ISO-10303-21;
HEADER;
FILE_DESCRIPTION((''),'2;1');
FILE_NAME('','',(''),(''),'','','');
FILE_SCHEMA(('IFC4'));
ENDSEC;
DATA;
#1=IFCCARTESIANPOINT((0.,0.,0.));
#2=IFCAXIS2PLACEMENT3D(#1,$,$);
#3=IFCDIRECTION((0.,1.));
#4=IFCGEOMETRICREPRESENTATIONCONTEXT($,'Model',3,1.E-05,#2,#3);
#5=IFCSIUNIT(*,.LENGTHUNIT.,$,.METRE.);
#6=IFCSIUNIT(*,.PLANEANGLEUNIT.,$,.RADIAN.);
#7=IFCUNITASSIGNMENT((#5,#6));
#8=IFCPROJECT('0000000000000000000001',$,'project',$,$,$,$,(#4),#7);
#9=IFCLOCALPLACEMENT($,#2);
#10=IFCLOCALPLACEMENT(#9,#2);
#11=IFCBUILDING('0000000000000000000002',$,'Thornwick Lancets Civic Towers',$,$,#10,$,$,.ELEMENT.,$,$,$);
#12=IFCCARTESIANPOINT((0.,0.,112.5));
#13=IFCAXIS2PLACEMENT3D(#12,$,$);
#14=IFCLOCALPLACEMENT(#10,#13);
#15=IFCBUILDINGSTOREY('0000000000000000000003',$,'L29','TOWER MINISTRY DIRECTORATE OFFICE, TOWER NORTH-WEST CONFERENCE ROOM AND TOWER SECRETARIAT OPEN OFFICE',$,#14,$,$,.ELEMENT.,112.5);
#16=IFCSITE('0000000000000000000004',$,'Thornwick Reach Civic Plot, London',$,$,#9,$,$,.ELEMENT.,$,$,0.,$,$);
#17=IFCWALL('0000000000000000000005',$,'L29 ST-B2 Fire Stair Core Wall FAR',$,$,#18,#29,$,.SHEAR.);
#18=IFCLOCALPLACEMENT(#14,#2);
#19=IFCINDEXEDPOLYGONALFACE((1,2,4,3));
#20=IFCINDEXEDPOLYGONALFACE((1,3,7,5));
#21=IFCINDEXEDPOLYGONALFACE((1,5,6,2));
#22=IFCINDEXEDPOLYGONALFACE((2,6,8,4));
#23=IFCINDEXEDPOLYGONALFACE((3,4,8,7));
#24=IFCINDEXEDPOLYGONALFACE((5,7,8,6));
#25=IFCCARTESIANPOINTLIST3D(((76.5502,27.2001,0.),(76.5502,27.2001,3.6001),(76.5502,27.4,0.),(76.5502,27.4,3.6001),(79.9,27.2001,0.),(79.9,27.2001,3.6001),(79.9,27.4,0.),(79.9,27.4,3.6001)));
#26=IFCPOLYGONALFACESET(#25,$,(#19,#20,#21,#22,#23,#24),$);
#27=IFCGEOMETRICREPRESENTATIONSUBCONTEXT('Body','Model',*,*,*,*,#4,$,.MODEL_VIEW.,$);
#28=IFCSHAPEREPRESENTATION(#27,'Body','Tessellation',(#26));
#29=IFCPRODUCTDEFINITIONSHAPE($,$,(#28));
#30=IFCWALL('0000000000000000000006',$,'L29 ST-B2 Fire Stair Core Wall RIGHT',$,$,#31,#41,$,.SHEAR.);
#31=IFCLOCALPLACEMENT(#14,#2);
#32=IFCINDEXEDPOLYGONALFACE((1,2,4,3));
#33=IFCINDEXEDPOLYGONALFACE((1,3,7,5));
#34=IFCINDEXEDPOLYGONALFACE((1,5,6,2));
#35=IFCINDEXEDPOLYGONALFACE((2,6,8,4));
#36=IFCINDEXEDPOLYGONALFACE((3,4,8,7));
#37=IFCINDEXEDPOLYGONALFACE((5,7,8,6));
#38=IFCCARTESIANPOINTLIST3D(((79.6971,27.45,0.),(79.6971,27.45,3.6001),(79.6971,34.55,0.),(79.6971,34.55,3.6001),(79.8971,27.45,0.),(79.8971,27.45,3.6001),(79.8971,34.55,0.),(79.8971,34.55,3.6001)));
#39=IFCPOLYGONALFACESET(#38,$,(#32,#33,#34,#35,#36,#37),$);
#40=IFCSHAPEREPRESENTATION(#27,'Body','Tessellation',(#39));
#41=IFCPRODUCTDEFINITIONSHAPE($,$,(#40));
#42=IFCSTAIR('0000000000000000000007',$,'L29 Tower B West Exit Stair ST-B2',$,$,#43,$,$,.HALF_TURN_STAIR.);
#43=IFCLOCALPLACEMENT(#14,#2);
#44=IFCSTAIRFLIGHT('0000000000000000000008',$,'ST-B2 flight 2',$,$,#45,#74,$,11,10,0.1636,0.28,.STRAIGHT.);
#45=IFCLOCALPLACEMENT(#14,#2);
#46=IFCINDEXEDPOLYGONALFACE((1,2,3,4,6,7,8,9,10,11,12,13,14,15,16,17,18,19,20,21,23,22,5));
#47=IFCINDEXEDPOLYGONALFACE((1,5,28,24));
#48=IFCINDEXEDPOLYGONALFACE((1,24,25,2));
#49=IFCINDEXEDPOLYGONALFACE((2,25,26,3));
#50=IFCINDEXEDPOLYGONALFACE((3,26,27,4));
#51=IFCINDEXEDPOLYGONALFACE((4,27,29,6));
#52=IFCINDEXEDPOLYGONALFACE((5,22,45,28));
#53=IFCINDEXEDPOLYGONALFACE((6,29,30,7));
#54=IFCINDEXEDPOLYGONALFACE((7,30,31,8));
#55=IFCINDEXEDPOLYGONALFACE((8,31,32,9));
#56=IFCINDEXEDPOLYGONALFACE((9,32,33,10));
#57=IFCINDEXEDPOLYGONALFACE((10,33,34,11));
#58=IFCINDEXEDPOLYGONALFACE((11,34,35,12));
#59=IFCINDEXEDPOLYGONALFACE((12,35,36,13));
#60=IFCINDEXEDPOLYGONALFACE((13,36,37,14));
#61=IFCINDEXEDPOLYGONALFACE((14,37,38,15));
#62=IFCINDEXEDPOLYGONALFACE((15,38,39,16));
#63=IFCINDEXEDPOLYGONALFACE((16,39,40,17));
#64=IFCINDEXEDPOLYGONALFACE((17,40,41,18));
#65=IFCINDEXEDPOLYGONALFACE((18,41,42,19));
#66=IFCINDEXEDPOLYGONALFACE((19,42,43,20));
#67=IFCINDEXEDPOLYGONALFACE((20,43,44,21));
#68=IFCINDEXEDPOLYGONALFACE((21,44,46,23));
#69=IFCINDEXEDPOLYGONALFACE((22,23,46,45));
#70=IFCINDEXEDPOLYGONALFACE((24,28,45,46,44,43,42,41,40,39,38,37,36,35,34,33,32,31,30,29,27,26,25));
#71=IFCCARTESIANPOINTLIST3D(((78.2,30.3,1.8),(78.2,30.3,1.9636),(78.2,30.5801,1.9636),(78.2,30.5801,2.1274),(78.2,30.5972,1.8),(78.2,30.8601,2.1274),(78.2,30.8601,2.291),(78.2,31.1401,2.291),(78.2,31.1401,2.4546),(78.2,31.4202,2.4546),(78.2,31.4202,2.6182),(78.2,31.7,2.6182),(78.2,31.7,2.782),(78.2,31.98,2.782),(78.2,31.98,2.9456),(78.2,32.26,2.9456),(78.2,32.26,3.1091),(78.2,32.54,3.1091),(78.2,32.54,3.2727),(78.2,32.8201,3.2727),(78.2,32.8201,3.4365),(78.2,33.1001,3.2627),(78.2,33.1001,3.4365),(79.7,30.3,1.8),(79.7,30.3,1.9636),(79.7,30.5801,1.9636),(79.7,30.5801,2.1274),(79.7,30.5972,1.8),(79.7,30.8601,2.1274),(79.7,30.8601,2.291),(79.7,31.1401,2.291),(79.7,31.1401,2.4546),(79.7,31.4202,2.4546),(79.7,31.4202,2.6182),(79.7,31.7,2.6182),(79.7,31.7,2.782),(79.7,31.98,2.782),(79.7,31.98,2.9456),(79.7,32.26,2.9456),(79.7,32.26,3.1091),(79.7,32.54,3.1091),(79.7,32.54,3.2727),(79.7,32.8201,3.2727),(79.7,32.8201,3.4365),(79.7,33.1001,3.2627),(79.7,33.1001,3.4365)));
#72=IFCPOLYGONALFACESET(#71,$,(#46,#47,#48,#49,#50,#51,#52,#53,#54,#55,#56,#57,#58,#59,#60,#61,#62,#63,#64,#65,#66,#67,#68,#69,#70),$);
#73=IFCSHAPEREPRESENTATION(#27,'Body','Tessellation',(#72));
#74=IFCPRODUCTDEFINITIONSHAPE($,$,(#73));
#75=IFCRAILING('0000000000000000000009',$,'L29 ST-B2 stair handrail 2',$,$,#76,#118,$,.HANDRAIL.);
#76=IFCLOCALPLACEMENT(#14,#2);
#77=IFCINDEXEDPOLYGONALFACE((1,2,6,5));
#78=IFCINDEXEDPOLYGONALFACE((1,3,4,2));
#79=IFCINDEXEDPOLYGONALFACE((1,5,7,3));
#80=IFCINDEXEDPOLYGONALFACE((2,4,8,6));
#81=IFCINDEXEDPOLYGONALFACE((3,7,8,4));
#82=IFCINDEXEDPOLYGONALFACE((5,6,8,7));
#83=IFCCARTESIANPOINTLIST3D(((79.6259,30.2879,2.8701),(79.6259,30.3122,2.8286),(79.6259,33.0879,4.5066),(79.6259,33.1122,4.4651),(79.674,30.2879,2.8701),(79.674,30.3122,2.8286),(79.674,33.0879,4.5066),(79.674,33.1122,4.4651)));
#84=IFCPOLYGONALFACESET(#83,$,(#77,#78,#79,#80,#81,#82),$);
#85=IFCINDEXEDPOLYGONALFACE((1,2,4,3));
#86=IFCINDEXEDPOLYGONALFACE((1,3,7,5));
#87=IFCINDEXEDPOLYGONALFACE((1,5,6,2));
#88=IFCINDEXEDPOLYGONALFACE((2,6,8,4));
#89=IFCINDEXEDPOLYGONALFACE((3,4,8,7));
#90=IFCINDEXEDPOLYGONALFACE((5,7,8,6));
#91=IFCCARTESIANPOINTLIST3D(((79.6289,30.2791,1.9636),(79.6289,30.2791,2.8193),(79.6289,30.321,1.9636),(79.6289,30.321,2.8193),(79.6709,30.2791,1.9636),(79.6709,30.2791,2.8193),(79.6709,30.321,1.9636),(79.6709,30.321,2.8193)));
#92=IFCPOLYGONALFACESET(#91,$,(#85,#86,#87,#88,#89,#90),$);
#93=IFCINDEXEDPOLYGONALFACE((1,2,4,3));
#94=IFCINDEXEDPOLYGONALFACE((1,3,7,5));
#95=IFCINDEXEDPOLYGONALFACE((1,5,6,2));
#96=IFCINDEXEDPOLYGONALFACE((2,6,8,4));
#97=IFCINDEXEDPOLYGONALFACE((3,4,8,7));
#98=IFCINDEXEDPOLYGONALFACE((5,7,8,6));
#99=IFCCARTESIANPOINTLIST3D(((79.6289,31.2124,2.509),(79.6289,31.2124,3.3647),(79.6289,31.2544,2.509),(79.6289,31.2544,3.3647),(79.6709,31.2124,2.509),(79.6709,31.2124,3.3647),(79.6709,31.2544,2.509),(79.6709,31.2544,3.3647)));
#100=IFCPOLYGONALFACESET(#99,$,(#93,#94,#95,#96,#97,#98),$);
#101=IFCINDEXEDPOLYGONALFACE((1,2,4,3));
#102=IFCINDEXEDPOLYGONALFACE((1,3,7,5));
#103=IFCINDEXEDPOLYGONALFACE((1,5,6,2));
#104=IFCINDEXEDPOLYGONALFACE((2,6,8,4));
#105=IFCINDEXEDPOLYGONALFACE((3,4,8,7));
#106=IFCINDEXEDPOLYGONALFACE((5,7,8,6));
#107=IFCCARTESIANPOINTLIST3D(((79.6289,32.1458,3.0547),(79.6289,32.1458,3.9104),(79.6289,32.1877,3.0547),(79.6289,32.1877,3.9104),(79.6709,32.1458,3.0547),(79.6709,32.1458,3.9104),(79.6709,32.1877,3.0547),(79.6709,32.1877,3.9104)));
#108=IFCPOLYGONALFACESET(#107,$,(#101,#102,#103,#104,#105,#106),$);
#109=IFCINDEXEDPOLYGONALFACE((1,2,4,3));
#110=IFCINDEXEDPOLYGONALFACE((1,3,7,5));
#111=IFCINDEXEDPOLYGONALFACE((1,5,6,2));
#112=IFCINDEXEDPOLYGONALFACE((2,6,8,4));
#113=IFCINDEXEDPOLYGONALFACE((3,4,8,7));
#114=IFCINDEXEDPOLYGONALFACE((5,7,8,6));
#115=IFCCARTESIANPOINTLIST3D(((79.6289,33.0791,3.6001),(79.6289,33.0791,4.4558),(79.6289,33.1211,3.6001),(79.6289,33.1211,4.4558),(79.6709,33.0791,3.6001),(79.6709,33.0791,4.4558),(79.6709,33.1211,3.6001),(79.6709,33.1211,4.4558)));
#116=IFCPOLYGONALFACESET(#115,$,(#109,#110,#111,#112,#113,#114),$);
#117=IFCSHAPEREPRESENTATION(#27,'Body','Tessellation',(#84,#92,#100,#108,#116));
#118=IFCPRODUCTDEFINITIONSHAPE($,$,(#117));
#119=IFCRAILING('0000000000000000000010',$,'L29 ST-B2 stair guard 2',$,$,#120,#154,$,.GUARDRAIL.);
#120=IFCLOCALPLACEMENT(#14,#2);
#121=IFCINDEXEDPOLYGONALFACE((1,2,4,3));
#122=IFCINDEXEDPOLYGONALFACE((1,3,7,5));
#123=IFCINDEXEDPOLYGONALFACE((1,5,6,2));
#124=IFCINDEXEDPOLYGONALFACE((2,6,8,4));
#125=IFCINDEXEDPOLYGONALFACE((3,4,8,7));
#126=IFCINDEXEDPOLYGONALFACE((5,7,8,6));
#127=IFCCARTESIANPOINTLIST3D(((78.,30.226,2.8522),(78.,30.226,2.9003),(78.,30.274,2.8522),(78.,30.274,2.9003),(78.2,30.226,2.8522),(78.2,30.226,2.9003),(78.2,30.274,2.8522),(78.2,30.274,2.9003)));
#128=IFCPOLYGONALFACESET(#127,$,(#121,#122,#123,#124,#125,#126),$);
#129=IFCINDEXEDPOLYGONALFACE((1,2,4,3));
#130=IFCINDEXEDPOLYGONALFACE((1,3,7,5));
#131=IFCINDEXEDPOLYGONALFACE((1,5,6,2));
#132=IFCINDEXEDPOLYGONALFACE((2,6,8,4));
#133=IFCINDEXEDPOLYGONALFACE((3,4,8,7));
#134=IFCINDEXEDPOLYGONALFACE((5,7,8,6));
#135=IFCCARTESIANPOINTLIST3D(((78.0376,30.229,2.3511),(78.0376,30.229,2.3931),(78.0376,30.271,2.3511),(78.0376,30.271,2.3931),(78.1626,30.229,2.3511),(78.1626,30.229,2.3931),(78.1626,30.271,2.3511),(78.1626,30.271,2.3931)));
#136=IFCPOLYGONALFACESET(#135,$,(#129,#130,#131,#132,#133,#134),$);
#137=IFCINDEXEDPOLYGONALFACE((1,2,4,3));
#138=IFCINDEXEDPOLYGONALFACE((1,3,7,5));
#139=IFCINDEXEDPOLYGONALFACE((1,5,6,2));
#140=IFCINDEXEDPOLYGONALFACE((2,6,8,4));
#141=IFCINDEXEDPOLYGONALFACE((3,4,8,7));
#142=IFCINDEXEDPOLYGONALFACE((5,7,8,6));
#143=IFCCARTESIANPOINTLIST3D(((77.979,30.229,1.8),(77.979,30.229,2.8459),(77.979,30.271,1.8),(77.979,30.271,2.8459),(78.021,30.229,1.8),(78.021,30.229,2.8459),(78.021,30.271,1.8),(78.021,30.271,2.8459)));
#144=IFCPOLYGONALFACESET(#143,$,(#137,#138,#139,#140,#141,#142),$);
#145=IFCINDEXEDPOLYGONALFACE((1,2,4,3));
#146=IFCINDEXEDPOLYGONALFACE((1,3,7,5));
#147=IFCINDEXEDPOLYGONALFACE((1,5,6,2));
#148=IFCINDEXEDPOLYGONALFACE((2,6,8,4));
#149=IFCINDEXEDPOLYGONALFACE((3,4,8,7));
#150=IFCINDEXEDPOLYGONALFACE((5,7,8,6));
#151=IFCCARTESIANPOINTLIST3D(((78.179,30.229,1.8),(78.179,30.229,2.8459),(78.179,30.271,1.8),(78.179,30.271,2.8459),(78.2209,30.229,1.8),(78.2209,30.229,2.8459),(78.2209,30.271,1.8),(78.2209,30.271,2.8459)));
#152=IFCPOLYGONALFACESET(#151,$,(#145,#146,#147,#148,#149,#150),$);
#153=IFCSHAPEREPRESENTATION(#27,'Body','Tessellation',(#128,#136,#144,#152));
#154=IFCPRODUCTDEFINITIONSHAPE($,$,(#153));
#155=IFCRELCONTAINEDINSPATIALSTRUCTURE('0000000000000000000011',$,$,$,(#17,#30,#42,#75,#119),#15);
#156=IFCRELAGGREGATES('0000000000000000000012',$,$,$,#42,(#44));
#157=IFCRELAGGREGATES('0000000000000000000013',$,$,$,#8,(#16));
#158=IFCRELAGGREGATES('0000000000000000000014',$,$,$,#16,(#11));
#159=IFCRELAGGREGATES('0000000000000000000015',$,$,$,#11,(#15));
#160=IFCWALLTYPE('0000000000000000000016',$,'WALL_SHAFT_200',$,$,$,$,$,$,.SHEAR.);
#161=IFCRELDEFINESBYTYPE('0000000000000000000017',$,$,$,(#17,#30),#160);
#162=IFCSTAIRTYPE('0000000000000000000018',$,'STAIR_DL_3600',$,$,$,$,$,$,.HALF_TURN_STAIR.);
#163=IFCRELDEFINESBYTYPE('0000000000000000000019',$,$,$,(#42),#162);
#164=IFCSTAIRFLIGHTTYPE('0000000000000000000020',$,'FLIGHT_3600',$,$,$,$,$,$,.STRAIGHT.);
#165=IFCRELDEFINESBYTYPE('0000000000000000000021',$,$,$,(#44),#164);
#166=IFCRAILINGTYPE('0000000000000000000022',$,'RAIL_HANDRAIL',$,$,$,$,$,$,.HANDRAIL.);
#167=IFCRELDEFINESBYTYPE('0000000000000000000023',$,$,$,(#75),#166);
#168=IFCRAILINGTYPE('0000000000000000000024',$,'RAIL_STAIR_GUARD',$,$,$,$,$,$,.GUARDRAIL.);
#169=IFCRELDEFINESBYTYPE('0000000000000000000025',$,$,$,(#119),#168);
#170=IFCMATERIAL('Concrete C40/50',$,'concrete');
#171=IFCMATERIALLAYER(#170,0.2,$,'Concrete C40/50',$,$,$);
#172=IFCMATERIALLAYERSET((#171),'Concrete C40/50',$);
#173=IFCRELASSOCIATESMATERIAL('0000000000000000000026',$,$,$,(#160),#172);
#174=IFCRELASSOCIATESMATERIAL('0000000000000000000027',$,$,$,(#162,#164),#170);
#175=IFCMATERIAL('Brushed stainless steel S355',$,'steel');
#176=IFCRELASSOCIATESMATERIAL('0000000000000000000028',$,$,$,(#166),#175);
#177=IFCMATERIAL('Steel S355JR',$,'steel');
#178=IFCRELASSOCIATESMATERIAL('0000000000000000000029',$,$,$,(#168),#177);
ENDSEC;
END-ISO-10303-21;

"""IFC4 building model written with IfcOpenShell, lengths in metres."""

from ifc_helpers import new_model, si_unit, direction, frame, frame_2d, origin, origin_2d, place, context, subcontext, project, spatial, polyline, rectangle, outline, extrude, material, layer, layer_set, type_object, element, aggregate, save


model = new_model("IFC4")

# Units and contexts
model_context = context("Model", 3, precision=1e-05, world=origin(), true_north=direction((0.0, 1.0)))
body_context = subcontext(model_context, "Body", "Model", "MODEL_VIEW")
ifc_project = project(units=[si_unit("LENGTHUNIT", "METRE"), si_unit("PLANEANGLEUNIT", "RADIAN")], contexts=[model_context])

# Site, building, storey
site_placement = place(None, origin())
site = spatial("IfcSite", under=ifc_project, at=site_placement, Name="Thornwick Reach Civic Plot, London", CompositionType="ELEMENT", RefElevation=0.0)
building_placement = place(site_placement, origin())
building = spatial("IfcBuilding", under=site, at=building_placement, Name="Thornwick Lancets Civic Towers", CompositionType="ELEMENT")
storey_placement = place(building_placement, frame((0.0, 0.0, 112.5)))
storey = spatial("IfcBuildingStorey", under=building, at=storey_placement, Name="L29", Description="TOWER MINISTRY DIRECTORATE OFFICE, TOWER NORTH-WEST CONFERENCE ROOM AND TOWER SECRETARIAT OPEN OFFICE", CompositionType="ELEMENT", Elevation=112.5)

# Walls
ifc_material_1 = material(Name="Concrete C40/50", Category="concrete")
ifc_layer_1 = layer(ifc_material_1, 0.2, Name="Concrete C40/50")
ifc_layer_set_1 = layer_set([ifc_layer_1], Name="Concrete C40/50")
wall_type_1 = type_object("IfcWallType", Name="WALL_SHAFT_200", PredefinedType="SHEAR", material=ifc_layer_set_1)
wall_1_placement = place(storey_placement, frame((79.8999, 27.3, 0.0), z_axis=(0.0, 0.0, 1.0), x_axis=(-1.0, 0.0, 0.0)))
element("IfcWall", 1, at=wall_1_placement, inside=storey, type_object=wall_type_1, Name="L29 ST-B2 Fire Stair Core Wall FAR", PredefinedType="SHEAR", context=body_context, shape_type="SweptSolid", body=[
    extrude(rectangle(XDim=3.3499, YDim=0.2, at=frame_2d((1.6748, 0.0))), origin(), (0.0, 0.0, 1.0), 3.6001),
])
wall_2_placement = place(storey_placement, frame((79.7971, 27.45, 0.0), z_axis=(0.0, 0.0, 1.0), x_axis=(0.0, 1.0, 0.0)))
element("IfcWall", 2, at=wall_2_placement, inside=storey, type_object=wall_type_1, Name="L29 ST-B2 Fire Stair Core Wall RIGHT", PredefinedType="SHEAR", context=body_context, shape_type="SweptSolid", body=[
    extrude(rectangle(XDim=7.1001, YDim=0.2, at=frame_2d((3.55, 0.0))), origin(), (0.0, 0.0, 1.0), 3.6001),
])

# Stair, stair flight
stair_type = type_object("IfcStairType", Name="STAIR_DL_3600", PredefinedType="HALF_TURN_STAIR", material=ifc_material_1)
stair_placement = place(storey_placement, origin())
stair = element("IfcStair", 3, at=stair_placement, inside=storey, type_object=stair_type, Name="L29 Tower B West Exit Stair ST-B2", PredefinedType="HALF_TURN_STAIR")
stair_flight_type = type_object("IfcStairFlightType", Name="FLIGHT_3600", PredefinedType="STRAIGHT", material=ifc_material_1)
stair_flight_placement = place(storey_placement, frame((78.95, 30.3, 1.8), z_axis=(0.0, 0.0, 1.0), x_axis=(0.0, 1.0, 0.0)))
stair_flight = element("IfcStairFlight", 4, at=stair_flight_placement, type_object=stair_flight_type, Name="ST-B2 flight 2", NumberOfRisers=11, NumberOfTreads=10, PredefinedType="STRAIGHT", RiserHeight=0.1636, TreadLength=0.28, context=body_context, shape_type="SweptSolid", body=[
    extrude(outline(polyline([(0.0, 0.0), (0.0, 0.1636), (0.28, 0.1636), (0.28, 0.3274), (0.5601, 0.3274), (0.5601, 0.491), (0.8401, 0.491), (0.8401, 0.6545), (1.1201, 0.6545), (1.1201, 0.8181), (1.3999, 0.8181), (1.3999, 0.9819), (1.6799, 0.9819), (1.6799, 1.1455), (1.96, 1.1455), (1.96, 1.3091), (2.24, 1.3091), (2.24, 1.4727), (2.52, 1.4727), (2.52, 1.6365), (2.8, 1.6365), (2.8, 1.8), (2.8, 1.4626), (0.2971, 0.0), (0.0, 0.0)])), frame((0.0, 0.75, 0.0), z_axis=(0.0, -1.0, 0.0), x_axis=(1.0, 0.0, 0.0)), (0.0, 0.0, 1.0), 1.5),
])
aggregate(stair, [stair_flight])

# Railings
ifc_material_2 = material(Name="Brushed stainless steel S355", Category="steel")
railing_type_1 = type_object("IfcRailingType", Name="RAIL_HANDRAIL", PredefinedType="HANDRAIL", material=ifc_material_2)
railing_1_placement = place(storey_placement, frame((79.6499, 30.3, 1.9636)))
element("IfcRailing", 5, at=railing_1_placement, inside=storey, type_object=railing_type_1, Name="L29 ST-B2 stair handrail 2", PredefinedType="HANDRAIL", context=body_context, shape_type="SweptSolid", body=[
    extrude(rectangle(XDim=0.0481, YDim=0.0481, at=origin_2d()), frame((0.0, 0.0, 0.8857), z_axis=(0.0, 0.863361, 0.504587), x_axis=(-1.0, 0.0, 0.0)), (0.0, 0.0, 1.0), 3.2432),
    extrude(rectangle(XDim=0.042, YDim=0.042, at=origin_2d()), origin(), (0.0, 0.0, 1.0), 0.8557),
    extrude(rectangle(XDim=0.042, YDim=0.042, at=origin_2d()), frame((0.0, 0.9333, 0.5454)), (0.0, 0.0, 1.0), 0.8557),
    extrude(rectangle(XDim=0.042, YDim=0.042, at=origin_2d()), frame((0.0, 1.8667, 1.0911)), (0.0, 0.0, 1.0), 0.8557),
    extrude(rectangle(XDim=0.042, YDim=0.042, at=origin_2d()), frame((0.0, 2.8, 1.6365)), (0.0, 0.0, 1.0), 0.8557),
])
ifc_material_3 = material(Name="Steel S355JR", Category="steel")
railing_type_2 = type_object("IfcRailingType", Name="RAIL_STAIR_GUARD", PredefinedType="GUARDRAIL", material=ifc_material_3)
railing_2_placement = place(storey_placement, frame((78.0, 30.25, 1.8)))
element("IfcRailing", 6, at=railing_2_placement, inside=storey, type_object=railing_type_2, Name="L29 ST-B2 stair guard 2", PredefinedType="GUARDRAIL", context=body_context, shape_type="SweptSolid", body=[
    extrude(rectangle(XDim=0.0481, YDim=0.0481, at=origin_2d()), frame((0.0, 0.0, 1.0762), z_axis=(1.0, 0.0, 0.0), x_axis=(0.0, 1.0, 0.0)), (0.0, 0.0, 1.0), 0.2),
    extrude(rectangle(XDim=0.042, YDim=0.042, at=origin_2d()), frame((0.0376, 0.0, 0.572), z_axis=(1.0, 0.0, 0.0), x_axis=(0.0, 1.0, 0.0)), (0.0, 0.0, 1.0), 0.125),
    extrude(rectangle(XDim=0.042, YDim=0.042, at=origin_2d()), origin(), (0.0, 0.0, 1.0), 1.0459),
    extrude(rectangle(XDim=0.042, YDim=0.042, at=origin_2d()), frame((0.2, 0.0, 0.0)), (0.0, 0.0, 1.0), 1.0459),
])

save(model, "model.ifc")
